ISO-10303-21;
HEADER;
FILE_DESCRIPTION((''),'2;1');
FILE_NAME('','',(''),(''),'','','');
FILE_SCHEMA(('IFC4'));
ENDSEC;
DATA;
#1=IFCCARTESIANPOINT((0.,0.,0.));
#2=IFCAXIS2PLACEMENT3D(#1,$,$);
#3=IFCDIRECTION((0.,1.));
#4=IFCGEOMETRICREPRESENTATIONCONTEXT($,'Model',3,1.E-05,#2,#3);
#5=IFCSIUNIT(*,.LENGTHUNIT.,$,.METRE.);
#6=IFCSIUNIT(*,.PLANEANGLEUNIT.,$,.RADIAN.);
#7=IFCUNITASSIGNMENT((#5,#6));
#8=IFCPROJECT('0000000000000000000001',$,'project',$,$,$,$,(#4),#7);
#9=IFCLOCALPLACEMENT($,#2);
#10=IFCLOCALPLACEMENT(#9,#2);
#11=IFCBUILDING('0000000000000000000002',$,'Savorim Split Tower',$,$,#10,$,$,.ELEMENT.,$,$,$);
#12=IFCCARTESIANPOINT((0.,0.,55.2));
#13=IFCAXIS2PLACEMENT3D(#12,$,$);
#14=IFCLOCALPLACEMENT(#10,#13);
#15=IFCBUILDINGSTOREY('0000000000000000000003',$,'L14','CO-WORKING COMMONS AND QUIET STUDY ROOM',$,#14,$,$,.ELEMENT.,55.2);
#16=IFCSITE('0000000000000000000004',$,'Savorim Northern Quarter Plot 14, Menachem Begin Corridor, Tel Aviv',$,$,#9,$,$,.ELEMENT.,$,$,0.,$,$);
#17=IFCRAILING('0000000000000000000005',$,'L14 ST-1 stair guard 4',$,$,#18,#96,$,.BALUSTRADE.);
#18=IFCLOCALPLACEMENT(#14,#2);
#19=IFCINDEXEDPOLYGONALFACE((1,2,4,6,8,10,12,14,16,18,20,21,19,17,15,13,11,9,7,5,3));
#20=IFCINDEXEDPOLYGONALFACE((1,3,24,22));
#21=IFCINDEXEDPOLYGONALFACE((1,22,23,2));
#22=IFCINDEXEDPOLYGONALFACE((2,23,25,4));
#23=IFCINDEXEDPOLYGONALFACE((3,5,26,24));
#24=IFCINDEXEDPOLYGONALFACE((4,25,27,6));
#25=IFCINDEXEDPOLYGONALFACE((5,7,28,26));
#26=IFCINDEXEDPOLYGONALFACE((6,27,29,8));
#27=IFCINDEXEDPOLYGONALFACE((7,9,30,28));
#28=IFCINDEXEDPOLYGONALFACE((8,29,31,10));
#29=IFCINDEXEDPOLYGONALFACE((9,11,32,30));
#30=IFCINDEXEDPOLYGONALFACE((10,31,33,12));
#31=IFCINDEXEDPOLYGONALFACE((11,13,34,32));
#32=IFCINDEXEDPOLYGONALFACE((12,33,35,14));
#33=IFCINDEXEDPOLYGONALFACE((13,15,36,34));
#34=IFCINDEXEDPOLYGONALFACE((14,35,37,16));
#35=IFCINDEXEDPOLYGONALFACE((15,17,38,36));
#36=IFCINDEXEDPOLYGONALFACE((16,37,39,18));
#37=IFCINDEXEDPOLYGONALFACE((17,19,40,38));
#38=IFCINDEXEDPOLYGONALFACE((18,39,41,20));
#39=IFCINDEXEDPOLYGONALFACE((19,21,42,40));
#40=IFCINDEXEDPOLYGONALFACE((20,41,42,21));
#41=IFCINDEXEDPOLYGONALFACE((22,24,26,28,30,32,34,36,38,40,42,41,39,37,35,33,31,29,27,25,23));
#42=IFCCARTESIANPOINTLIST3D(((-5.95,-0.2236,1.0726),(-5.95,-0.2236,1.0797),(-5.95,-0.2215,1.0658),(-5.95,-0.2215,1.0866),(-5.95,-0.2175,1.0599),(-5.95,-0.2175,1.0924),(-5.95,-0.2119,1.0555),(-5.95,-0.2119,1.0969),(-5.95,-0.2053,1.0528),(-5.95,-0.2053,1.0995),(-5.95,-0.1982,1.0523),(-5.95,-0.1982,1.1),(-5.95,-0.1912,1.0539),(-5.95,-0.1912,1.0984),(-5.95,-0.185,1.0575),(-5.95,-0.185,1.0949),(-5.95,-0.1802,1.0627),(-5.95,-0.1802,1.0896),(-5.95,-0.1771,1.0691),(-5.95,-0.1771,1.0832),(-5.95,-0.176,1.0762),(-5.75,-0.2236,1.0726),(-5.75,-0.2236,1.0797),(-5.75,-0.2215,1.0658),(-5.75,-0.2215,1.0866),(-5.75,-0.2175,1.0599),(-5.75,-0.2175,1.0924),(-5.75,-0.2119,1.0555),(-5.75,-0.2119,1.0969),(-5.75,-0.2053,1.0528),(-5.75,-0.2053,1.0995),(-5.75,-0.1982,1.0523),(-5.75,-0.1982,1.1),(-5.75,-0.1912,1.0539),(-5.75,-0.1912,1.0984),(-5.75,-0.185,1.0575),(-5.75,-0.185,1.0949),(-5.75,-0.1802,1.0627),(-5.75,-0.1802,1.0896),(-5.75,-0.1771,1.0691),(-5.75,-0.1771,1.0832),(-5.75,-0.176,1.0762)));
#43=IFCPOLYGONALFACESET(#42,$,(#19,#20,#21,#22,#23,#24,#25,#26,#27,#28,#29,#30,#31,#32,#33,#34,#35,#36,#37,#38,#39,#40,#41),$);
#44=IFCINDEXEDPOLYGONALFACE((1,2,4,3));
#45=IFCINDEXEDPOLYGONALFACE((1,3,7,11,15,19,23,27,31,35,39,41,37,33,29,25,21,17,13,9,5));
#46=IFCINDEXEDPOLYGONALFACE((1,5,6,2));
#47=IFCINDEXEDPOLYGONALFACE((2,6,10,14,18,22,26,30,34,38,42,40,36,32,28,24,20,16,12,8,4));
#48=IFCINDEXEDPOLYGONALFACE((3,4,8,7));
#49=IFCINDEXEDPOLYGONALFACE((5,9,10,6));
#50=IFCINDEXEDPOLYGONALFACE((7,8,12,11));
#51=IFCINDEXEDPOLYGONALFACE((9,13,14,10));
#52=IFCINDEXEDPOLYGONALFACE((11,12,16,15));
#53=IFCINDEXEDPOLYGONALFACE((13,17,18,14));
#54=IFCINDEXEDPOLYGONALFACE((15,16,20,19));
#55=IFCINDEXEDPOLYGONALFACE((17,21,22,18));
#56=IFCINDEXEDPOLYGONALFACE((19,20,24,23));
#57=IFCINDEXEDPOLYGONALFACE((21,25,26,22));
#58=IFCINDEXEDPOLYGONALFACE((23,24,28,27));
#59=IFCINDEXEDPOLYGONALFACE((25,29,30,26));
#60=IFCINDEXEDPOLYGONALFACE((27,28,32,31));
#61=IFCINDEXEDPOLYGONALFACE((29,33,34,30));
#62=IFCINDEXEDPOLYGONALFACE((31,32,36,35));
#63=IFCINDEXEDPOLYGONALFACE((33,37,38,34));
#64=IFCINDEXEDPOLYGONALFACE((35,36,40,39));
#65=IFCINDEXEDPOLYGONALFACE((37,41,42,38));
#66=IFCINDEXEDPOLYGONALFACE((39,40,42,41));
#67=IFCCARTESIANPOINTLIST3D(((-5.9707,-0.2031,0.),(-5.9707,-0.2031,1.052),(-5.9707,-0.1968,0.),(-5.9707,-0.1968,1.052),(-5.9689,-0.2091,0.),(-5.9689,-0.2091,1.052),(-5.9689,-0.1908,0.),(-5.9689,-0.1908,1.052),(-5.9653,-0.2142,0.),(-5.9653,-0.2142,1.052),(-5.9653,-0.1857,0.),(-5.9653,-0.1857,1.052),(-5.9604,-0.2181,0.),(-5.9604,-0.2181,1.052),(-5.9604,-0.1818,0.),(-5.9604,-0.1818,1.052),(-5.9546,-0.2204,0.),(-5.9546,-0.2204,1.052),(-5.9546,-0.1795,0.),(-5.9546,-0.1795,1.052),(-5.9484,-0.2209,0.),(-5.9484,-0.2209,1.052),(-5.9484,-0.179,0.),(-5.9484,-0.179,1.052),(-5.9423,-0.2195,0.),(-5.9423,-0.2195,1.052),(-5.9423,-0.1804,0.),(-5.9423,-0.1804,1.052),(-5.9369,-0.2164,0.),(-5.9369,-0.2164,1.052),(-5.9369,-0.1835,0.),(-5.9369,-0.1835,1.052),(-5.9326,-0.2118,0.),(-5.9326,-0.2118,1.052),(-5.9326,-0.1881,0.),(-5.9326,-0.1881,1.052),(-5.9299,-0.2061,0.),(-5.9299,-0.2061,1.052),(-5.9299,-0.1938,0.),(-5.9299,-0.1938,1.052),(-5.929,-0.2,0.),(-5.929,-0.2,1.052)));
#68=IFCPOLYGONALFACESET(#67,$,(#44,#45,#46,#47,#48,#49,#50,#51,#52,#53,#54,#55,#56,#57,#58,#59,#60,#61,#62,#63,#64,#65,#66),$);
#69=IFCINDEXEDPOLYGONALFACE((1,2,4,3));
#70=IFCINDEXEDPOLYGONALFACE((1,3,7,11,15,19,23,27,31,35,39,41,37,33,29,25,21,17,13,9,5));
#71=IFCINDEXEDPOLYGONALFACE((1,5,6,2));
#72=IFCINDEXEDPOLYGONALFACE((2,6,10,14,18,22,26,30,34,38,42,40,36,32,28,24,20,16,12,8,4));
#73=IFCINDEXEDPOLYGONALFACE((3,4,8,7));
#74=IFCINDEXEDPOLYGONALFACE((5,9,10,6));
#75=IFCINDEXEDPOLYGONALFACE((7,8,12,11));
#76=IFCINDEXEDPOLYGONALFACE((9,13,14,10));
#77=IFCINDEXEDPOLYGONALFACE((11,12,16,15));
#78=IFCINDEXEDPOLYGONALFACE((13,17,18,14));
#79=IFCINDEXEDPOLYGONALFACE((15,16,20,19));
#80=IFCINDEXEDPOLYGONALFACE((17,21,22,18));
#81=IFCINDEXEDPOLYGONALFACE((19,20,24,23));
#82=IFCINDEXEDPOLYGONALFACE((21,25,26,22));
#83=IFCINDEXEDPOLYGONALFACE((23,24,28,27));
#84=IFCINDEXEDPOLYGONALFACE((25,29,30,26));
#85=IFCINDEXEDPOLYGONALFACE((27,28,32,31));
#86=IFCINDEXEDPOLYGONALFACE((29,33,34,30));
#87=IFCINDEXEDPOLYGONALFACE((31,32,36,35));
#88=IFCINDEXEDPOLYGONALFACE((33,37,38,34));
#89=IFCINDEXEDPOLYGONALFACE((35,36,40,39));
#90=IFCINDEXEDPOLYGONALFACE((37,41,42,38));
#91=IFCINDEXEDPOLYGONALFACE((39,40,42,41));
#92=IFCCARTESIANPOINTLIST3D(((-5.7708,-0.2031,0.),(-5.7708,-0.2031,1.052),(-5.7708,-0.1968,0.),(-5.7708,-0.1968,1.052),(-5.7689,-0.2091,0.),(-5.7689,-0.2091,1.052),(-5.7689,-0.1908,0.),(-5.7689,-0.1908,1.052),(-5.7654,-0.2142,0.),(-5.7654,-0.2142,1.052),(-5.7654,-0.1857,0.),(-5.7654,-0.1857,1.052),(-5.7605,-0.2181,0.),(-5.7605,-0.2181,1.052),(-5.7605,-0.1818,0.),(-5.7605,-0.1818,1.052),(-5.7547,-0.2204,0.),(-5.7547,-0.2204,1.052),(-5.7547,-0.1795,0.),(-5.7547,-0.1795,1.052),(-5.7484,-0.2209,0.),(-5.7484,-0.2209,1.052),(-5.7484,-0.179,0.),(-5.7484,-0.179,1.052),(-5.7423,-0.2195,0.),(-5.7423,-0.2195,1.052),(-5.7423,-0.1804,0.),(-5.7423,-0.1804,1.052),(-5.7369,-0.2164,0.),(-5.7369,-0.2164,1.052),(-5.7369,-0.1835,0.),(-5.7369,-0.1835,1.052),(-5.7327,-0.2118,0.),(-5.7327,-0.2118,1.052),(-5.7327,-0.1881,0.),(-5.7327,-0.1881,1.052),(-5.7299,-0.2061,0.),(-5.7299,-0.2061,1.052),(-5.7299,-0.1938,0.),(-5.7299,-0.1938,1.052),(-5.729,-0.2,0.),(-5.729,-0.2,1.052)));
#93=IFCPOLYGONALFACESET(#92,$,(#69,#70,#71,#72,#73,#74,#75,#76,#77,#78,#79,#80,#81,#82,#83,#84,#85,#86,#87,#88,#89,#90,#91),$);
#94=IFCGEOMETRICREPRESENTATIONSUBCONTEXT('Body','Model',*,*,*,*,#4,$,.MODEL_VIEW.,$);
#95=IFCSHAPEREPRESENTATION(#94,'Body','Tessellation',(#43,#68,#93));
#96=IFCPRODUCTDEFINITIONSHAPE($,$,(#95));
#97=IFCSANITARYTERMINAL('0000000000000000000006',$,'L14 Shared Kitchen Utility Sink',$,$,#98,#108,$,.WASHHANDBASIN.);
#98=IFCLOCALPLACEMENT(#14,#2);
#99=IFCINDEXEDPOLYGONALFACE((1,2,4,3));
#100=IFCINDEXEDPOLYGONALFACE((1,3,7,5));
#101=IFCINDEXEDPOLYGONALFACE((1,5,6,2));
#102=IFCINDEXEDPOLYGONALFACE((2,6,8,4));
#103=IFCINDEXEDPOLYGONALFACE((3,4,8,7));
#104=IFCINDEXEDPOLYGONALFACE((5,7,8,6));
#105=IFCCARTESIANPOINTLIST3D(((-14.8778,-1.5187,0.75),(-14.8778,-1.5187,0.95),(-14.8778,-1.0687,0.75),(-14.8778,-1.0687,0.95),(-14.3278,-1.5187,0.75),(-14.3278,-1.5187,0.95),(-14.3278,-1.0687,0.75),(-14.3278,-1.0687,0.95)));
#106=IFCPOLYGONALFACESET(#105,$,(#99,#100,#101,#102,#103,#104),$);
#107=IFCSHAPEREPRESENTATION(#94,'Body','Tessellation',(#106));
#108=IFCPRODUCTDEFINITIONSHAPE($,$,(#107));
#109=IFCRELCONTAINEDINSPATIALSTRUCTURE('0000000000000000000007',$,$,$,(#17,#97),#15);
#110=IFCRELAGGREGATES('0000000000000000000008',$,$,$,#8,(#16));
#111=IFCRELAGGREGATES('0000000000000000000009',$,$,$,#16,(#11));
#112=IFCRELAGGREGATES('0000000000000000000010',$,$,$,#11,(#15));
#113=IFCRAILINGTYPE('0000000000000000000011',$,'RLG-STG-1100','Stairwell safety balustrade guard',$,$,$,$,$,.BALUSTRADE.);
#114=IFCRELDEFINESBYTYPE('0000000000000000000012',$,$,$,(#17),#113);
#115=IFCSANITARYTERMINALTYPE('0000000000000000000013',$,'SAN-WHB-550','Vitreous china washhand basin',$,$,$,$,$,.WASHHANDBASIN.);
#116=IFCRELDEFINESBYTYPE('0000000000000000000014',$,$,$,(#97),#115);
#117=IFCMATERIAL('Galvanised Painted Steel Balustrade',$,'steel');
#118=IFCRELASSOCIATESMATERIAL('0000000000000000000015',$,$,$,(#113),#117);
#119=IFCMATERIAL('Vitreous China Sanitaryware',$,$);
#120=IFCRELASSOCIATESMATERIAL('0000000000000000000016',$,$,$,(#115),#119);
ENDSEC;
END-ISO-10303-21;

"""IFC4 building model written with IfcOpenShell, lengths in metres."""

from ifc_helpers import new_model, si_unit, direction, frame, origin, origin_2d, place, context, subcontext, project, spatial, rectangle, circle, extrude, material, type_object, element, save


model = new_model("IFC4")

# Units and contexts
model_context = context("Model", 3, precision=1e-05, world=origin(), true_north=direction((0.0, 1.0)))
body_context = subcontext(model_context, "Body", "Model", "MODEL_VIEW")
ifc_project = project(units=[si_unit("LENGTHUNIT", "METRE"), si_unit("PLANEANGLEUNIT", "RADIAN")], contexts=[model_context])

# Site, building, storey
site_placement = place(None, origin())
site = spatial("IfcSite", under=ifc_project, at=site_placement, Name="Savorim Northern Quarter Plot 14, Menachem Begin Corridor, Tel Aviv", CompositionType="ELEMENT", RefElevation=0.0)
building_placement = place(site_placement, origin())
building = spatial("IfcBuilding", under=site, at=building_placement, Name="Savorim Split Tower", CompositionType="ELEMENT")
storey_placement = place(building_placement, frame((0.0, 0.0, 55.2)))
storey = spatial("IfcBuildingStorey", under=building, at=storey_placement, Name="L14", Description="CO-WORKING COMMONS AND QUIET STUDY ROOM", CompositionType="ELEMENT", Elevation=55.2)

# Railing
ifc_material_1 = material(Name="Galvanised Painted Steel Balustrade", Category="steel")
railing_type_1 = type_object("IfcRailingType", Name="RLG-STG-1100", Description="Stairwell safety balustrade guard", PredefinedType="BALUSTRADE", material=ifc_material_1)
railing_1_placement = place(storey_placement, frame((-5.95, -0.2, 0.0)))
element("IfcRailing", 1, at=railing_1_placement, inside=storey, type_object=railing_type_1, Name="L14 ST-1 stair guard 4", PredefinedType="BALUSTRADE", context=body_context, shape_type="SweptSolid", body=[
    extrude(circle(Radius=0.0239, at=origin_2d()), frame((0.0, 0.0, 1.0762), z_axis=(1.0, 0.0, 0.0), x_axis=(0.0, 1.0, 0.0)), (0.0, 0.0, 1.0), 0.2),
    extrude(circle(Radius=0.021, at=origin_2d()), origin(), (0.0, 0.0, 1.0), 1.052),
    extrude(circle(Radius=0.021, at=origin_2d()), frame((0.2, 0.0, 0.0)), (0.0, 0.0, 1.0), 1.052),
])

# Sanitary terminal
ifc_material_2 = material(Name="Vitreous China Sanitaryware")
sanitary_terminal_type = type_object("IfcSanitaryTerminalType", Name="SAN-WHB-550", Description="Vitreous china washhand basin", PredefinedType="WASHHANDBASIN", material=ifc_material_2)
sanitary_terminal_placement = place(storey_placement, frame((-14.6028, -1.2937, 0.75), z_axis=(0.0, 0.0, 1.0), x_axis=(1.0, 0.0, 0.0)))
element("IfcSanitaryTerminal", 2, at=sanitary_terminal_placement, inside=storey, type_object=sanitary_terminal_type, Name="L14 Shared Kitchen Utility Sink", PredefinedType="WASHHANDBASIN", context=body_context, shape_type="SweptSolid", body=[
    extrude(rectangle(XDim=0.55, YDim=0.45, at=origin_2d()), origin(), (0.0, 0.0, 1.0), 0.2),
])

save(model, "model.ifc")
